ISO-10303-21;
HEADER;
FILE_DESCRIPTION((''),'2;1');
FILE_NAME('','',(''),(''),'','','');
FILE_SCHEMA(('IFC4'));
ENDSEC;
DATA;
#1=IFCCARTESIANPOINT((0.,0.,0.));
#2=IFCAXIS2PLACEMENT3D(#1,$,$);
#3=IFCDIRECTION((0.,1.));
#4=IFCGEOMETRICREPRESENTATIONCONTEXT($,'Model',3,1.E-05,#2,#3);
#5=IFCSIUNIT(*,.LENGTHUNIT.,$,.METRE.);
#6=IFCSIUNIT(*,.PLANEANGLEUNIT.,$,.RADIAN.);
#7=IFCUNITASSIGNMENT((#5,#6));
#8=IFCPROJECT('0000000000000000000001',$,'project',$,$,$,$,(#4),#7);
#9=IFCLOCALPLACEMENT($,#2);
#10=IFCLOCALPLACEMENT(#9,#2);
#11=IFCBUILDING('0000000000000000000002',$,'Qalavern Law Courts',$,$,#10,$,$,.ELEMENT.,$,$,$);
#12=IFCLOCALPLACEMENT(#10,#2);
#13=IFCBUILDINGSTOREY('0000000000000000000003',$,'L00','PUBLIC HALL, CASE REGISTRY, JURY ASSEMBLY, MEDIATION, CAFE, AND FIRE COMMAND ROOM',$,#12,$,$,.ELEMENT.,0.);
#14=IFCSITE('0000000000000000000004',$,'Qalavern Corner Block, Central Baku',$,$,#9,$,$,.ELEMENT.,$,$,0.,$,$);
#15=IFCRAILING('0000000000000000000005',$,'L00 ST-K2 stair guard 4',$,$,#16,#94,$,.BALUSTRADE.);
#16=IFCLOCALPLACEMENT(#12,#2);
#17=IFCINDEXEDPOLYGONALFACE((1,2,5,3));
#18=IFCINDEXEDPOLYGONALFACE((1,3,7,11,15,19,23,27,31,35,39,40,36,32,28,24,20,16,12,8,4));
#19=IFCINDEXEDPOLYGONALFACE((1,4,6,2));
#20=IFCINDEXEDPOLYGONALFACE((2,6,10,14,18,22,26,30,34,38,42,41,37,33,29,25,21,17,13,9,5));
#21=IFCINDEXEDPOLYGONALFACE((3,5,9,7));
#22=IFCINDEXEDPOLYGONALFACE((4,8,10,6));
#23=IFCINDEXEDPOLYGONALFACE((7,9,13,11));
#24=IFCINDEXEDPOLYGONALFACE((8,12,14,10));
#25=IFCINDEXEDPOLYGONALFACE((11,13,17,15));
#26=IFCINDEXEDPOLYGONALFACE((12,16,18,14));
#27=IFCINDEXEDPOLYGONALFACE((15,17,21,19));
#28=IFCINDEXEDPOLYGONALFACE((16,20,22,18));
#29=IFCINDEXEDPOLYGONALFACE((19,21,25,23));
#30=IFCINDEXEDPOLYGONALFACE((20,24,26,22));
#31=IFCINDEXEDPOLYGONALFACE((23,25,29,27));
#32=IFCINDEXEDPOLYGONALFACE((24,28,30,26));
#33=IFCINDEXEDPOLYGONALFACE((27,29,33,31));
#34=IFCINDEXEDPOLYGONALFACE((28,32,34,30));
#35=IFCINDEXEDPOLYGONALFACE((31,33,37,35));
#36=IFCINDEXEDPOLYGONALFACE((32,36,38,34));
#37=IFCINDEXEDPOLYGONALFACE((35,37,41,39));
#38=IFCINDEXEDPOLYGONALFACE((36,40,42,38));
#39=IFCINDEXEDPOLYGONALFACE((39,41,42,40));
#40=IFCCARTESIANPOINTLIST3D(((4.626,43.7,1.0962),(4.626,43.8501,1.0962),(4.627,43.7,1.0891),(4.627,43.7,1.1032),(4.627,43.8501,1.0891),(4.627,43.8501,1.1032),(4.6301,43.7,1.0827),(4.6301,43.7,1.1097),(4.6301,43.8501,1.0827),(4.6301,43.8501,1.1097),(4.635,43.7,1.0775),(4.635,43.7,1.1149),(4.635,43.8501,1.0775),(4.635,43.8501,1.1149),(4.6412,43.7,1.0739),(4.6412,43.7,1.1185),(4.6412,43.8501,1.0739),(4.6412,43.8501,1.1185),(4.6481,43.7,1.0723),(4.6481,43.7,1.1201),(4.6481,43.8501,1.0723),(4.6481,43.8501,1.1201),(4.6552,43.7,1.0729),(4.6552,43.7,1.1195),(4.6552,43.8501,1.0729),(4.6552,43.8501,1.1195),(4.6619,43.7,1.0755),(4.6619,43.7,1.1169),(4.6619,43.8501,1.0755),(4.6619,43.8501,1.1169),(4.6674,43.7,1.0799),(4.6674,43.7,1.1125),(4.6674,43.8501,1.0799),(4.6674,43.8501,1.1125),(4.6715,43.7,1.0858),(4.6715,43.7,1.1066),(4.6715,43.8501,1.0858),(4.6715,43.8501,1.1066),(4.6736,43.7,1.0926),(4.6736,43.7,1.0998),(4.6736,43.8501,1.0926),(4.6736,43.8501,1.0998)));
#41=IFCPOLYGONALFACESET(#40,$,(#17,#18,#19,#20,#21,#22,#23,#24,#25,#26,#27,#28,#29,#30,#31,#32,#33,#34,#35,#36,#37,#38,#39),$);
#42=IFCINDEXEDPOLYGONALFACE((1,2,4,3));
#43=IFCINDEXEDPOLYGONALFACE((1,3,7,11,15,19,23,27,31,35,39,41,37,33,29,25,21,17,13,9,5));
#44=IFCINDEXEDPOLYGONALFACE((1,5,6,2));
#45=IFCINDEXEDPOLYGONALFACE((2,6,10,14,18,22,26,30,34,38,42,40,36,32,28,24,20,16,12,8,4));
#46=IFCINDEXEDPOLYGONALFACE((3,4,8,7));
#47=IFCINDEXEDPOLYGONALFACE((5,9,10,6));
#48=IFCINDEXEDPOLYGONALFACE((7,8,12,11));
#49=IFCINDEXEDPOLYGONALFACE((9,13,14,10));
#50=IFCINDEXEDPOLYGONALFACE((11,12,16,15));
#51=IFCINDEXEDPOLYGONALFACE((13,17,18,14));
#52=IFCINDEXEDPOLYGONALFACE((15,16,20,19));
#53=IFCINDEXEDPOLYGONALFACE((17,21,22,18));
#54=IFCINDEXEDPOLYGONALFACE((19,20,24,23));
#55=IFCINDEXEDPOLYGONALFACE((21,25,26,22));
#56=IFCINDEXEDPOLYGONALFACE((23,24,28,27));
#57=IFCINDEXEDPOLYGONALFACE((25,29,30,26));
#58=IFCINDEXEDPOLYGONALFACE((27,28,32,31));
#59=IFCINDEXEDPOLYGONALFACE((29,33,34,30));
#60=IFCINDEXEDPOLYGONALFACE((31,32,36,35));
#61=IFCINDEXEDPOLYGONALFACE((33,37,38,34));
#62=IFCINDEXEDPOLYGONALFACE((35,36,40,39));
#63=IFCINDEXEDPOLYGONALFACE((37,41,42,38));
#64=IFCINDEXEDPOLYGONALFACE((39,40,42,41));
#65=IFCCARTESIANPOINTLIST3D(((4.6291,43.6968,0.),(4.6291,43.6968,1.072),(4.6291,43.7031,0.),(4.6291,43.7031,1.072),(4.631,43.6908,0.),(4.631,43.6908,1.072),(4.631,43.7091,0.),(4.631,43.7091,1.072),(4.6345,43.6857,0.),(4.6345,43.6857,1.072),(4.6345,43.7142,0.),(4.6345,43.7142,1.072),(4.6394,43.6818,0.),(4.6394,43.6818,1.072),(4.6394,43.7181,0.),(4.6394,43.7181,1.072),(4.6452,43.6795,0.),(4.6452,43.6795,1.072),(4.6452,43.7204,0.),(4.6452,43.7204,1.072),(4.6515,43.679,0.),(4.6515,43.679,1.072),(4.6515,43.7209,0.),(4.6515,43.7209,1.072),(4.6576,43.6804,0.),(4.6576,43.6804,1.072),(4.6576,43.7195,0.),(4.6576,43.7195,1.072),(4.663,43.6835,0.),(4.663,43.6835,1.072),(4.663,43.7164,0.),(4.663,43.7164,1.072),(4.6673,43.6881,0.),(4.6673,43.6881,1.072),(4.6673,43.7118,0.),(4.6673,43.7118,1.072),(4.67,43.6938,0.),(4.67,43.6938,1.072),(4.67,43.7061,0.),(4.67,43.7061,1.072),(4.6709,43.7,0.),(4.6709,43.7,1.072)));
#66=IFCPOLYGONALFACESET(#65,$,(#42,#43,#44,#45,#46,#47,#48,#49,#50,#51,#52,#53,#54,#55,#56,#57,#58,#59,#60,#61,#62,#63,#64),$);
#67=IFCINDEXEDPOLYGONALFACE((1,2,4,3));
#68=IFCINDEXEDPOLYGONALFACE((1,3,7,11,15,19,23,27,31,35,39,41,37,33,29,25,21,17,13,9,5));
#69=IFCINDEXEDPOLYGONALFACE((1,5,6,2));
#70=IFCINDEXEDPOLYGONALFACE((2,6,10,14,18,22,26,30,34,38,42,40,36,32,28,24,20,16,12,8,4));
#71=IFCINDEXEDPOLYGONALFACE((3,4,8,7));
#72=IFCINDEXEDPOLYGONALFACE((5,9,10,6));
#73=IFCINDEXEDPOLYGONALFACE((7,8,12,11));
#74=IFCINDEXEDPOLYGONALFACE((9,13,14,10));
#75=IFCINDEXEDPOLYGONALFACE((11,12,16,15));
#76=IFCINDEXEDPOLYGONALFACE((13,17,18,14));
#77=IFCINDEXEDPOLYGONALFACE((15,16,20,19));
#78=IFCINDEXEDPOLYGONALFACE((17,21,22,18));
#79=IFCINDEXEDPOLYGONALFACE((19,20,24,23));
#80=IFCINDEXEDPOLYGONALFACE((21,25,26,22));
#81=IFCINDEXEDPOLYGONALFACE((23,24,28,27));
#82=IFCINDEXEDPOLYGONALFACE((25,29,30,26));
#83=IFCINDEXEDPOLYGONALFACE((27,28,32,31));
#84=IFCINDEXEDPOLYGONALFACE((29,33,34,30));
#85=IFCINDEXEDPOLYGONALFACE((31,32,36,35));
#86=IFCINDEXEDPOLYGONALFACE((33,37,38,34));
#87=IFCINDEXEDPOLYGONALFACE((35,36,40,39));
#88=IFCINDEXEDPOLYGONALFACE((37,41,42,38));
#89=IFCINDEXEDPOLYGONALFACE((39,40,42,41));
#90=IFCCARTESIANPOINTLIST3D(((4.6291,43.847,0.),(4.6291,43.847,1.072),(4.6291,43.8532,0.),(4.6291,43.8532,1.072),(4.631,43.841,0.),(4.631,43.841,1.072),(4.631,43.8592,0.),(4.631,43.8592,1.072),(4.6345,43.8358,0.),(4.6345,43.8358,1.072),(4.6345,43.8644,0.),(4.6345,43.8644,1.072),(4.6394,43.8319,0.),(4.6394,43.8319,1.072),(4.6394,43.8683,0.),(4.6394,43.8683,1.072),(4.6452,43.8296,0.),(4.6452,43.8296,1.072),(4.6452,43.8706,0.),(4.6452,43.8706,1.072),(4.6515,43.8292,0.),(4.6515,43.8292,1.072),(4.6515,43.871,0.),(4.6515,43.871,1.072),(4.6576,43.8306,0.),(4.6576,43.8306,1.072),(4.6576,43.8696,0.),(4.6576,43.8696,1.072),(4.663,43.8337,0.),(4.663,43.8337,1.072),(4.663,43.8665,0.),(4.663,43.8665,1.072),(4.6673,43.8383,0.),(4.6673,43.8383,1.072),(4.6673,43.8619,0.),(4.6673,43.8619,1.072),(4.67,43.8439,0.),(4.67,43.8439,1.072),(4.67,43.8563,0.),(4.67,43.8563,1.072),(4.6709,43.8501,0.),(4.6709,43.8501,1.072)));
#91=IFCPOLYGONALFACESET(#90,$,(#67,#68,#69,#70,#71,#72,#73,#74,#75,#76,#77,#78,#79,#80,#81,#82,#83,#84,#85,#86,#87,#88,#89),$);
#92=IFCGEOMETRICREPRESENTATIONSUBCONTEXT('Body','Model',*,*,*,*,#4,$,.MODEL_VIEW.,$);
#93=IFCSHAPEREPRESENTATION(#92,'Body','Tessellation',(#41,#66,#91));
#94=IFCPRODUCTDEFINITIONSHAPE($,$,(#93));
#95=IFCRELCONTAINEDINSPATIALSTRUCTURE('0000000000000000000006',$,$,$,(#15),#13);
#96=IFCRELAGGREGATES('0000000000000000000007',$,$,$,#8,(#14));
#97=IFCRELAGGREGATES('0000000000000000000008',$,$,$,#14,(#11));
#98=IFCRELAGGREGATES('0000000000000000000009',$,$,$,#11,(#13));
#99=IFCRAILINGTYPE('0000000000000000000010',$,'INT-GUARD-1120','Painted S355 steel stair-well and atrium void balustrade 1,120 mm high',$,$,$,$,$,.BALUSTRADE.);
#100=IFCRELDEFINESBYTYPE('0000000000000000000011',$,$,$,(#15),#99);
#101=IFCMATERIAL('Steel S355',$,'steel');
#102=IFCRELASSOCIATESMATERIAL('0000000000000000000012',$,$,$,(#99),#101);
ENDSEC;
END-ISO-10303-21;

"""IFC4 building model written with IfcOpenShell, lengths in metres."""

from ifc_helpers import new_model, si_unit, direction, frame, origin, origin_2d, place, context, subcontext, project, spatial, circle, extrude, material, type_object, element, save


model = new_model("IFC4")

# Units and contexts
model_context = context("Model", 3, precision=1e-05, world=origin(), true_north=direction((0.0, 1.0)))
body_context = subcontext(model_context, "Body", "Model", "MODEL_VIEW")
ifc_project = project(units=[si_unit("LENGTHUNIT", "METRE"), si_unit("PLANEANGLEUNIT", "RADIAN")], contexts=[model_context])

# Site, building, storey
site_placement = place(None, origin())
site = spatial("IfcSite", under=ifc_project, at=site_placement, Name="Qalavern Corner Block, Central Baku", CompositionType="ELEMENT", RefElevation=0.0)
building_placement = place(site_placement, origin())
building = spatial("IfcBuilding", under=site, at=building_placement, Name="Qalavern Law Courts", CompositionType="ELEMENT")
storey_placement = place(building_placement, origin())
storey = spatial("IfcBuildingStorey", under=building, at=storey_placement, Name="L00", Description="PUBLIC HALL, CASE REGISTRY, JURY ASSEMBLY, MEDIATION, CAFE, AND FIRE COMMAND ROOM", CompositionType="ELEMENT", Elevation=0.0)

# Railing
ifc_material_1 = material(Name="Steel S355", Category="steel")
railing_type_1 = type_object("IfcRailingType", Name="INT-GUARD-1120", Description="Painted S355 steel stair-well and atrium void balustrade 1,120 mm high", PredefinedType="BALUSTRADE", material=ifc_material_1)
railing_1_placement = place(storey_placement, frame((4.6499, 43.7, 0.0)))
element("IfcRailing", 1, at=railing_1_placement, inside=storey, type_object=railing_type_1, Name="L00 ST-K2 stair guard 4", PredefinedType="BALUSTRADE", context=body_context, shape_type="SweptSolid", body=[
    extrude(circle(Radius=0.0239, at=origin_2d()), frame((0.0, 0.0, 1.0962), z_axis=(0.0, 1.0, 0.0), x_axis=(-1.0, 0.0, 0.0)), (0.0, 0.0, 1.0), 0.1501),
    extrude(circle(Radius=0.021, at=origin_2d()), origin(), (0.0, 0.0, 1.0), 1.072),
    extrude(circle(Radius=0.021, at=origin_2d()), frame((0.0, 0.1501, 0.0)), (0.0, 0.0, 1.0), 1.072),
])

save(model, "model.ifc")
